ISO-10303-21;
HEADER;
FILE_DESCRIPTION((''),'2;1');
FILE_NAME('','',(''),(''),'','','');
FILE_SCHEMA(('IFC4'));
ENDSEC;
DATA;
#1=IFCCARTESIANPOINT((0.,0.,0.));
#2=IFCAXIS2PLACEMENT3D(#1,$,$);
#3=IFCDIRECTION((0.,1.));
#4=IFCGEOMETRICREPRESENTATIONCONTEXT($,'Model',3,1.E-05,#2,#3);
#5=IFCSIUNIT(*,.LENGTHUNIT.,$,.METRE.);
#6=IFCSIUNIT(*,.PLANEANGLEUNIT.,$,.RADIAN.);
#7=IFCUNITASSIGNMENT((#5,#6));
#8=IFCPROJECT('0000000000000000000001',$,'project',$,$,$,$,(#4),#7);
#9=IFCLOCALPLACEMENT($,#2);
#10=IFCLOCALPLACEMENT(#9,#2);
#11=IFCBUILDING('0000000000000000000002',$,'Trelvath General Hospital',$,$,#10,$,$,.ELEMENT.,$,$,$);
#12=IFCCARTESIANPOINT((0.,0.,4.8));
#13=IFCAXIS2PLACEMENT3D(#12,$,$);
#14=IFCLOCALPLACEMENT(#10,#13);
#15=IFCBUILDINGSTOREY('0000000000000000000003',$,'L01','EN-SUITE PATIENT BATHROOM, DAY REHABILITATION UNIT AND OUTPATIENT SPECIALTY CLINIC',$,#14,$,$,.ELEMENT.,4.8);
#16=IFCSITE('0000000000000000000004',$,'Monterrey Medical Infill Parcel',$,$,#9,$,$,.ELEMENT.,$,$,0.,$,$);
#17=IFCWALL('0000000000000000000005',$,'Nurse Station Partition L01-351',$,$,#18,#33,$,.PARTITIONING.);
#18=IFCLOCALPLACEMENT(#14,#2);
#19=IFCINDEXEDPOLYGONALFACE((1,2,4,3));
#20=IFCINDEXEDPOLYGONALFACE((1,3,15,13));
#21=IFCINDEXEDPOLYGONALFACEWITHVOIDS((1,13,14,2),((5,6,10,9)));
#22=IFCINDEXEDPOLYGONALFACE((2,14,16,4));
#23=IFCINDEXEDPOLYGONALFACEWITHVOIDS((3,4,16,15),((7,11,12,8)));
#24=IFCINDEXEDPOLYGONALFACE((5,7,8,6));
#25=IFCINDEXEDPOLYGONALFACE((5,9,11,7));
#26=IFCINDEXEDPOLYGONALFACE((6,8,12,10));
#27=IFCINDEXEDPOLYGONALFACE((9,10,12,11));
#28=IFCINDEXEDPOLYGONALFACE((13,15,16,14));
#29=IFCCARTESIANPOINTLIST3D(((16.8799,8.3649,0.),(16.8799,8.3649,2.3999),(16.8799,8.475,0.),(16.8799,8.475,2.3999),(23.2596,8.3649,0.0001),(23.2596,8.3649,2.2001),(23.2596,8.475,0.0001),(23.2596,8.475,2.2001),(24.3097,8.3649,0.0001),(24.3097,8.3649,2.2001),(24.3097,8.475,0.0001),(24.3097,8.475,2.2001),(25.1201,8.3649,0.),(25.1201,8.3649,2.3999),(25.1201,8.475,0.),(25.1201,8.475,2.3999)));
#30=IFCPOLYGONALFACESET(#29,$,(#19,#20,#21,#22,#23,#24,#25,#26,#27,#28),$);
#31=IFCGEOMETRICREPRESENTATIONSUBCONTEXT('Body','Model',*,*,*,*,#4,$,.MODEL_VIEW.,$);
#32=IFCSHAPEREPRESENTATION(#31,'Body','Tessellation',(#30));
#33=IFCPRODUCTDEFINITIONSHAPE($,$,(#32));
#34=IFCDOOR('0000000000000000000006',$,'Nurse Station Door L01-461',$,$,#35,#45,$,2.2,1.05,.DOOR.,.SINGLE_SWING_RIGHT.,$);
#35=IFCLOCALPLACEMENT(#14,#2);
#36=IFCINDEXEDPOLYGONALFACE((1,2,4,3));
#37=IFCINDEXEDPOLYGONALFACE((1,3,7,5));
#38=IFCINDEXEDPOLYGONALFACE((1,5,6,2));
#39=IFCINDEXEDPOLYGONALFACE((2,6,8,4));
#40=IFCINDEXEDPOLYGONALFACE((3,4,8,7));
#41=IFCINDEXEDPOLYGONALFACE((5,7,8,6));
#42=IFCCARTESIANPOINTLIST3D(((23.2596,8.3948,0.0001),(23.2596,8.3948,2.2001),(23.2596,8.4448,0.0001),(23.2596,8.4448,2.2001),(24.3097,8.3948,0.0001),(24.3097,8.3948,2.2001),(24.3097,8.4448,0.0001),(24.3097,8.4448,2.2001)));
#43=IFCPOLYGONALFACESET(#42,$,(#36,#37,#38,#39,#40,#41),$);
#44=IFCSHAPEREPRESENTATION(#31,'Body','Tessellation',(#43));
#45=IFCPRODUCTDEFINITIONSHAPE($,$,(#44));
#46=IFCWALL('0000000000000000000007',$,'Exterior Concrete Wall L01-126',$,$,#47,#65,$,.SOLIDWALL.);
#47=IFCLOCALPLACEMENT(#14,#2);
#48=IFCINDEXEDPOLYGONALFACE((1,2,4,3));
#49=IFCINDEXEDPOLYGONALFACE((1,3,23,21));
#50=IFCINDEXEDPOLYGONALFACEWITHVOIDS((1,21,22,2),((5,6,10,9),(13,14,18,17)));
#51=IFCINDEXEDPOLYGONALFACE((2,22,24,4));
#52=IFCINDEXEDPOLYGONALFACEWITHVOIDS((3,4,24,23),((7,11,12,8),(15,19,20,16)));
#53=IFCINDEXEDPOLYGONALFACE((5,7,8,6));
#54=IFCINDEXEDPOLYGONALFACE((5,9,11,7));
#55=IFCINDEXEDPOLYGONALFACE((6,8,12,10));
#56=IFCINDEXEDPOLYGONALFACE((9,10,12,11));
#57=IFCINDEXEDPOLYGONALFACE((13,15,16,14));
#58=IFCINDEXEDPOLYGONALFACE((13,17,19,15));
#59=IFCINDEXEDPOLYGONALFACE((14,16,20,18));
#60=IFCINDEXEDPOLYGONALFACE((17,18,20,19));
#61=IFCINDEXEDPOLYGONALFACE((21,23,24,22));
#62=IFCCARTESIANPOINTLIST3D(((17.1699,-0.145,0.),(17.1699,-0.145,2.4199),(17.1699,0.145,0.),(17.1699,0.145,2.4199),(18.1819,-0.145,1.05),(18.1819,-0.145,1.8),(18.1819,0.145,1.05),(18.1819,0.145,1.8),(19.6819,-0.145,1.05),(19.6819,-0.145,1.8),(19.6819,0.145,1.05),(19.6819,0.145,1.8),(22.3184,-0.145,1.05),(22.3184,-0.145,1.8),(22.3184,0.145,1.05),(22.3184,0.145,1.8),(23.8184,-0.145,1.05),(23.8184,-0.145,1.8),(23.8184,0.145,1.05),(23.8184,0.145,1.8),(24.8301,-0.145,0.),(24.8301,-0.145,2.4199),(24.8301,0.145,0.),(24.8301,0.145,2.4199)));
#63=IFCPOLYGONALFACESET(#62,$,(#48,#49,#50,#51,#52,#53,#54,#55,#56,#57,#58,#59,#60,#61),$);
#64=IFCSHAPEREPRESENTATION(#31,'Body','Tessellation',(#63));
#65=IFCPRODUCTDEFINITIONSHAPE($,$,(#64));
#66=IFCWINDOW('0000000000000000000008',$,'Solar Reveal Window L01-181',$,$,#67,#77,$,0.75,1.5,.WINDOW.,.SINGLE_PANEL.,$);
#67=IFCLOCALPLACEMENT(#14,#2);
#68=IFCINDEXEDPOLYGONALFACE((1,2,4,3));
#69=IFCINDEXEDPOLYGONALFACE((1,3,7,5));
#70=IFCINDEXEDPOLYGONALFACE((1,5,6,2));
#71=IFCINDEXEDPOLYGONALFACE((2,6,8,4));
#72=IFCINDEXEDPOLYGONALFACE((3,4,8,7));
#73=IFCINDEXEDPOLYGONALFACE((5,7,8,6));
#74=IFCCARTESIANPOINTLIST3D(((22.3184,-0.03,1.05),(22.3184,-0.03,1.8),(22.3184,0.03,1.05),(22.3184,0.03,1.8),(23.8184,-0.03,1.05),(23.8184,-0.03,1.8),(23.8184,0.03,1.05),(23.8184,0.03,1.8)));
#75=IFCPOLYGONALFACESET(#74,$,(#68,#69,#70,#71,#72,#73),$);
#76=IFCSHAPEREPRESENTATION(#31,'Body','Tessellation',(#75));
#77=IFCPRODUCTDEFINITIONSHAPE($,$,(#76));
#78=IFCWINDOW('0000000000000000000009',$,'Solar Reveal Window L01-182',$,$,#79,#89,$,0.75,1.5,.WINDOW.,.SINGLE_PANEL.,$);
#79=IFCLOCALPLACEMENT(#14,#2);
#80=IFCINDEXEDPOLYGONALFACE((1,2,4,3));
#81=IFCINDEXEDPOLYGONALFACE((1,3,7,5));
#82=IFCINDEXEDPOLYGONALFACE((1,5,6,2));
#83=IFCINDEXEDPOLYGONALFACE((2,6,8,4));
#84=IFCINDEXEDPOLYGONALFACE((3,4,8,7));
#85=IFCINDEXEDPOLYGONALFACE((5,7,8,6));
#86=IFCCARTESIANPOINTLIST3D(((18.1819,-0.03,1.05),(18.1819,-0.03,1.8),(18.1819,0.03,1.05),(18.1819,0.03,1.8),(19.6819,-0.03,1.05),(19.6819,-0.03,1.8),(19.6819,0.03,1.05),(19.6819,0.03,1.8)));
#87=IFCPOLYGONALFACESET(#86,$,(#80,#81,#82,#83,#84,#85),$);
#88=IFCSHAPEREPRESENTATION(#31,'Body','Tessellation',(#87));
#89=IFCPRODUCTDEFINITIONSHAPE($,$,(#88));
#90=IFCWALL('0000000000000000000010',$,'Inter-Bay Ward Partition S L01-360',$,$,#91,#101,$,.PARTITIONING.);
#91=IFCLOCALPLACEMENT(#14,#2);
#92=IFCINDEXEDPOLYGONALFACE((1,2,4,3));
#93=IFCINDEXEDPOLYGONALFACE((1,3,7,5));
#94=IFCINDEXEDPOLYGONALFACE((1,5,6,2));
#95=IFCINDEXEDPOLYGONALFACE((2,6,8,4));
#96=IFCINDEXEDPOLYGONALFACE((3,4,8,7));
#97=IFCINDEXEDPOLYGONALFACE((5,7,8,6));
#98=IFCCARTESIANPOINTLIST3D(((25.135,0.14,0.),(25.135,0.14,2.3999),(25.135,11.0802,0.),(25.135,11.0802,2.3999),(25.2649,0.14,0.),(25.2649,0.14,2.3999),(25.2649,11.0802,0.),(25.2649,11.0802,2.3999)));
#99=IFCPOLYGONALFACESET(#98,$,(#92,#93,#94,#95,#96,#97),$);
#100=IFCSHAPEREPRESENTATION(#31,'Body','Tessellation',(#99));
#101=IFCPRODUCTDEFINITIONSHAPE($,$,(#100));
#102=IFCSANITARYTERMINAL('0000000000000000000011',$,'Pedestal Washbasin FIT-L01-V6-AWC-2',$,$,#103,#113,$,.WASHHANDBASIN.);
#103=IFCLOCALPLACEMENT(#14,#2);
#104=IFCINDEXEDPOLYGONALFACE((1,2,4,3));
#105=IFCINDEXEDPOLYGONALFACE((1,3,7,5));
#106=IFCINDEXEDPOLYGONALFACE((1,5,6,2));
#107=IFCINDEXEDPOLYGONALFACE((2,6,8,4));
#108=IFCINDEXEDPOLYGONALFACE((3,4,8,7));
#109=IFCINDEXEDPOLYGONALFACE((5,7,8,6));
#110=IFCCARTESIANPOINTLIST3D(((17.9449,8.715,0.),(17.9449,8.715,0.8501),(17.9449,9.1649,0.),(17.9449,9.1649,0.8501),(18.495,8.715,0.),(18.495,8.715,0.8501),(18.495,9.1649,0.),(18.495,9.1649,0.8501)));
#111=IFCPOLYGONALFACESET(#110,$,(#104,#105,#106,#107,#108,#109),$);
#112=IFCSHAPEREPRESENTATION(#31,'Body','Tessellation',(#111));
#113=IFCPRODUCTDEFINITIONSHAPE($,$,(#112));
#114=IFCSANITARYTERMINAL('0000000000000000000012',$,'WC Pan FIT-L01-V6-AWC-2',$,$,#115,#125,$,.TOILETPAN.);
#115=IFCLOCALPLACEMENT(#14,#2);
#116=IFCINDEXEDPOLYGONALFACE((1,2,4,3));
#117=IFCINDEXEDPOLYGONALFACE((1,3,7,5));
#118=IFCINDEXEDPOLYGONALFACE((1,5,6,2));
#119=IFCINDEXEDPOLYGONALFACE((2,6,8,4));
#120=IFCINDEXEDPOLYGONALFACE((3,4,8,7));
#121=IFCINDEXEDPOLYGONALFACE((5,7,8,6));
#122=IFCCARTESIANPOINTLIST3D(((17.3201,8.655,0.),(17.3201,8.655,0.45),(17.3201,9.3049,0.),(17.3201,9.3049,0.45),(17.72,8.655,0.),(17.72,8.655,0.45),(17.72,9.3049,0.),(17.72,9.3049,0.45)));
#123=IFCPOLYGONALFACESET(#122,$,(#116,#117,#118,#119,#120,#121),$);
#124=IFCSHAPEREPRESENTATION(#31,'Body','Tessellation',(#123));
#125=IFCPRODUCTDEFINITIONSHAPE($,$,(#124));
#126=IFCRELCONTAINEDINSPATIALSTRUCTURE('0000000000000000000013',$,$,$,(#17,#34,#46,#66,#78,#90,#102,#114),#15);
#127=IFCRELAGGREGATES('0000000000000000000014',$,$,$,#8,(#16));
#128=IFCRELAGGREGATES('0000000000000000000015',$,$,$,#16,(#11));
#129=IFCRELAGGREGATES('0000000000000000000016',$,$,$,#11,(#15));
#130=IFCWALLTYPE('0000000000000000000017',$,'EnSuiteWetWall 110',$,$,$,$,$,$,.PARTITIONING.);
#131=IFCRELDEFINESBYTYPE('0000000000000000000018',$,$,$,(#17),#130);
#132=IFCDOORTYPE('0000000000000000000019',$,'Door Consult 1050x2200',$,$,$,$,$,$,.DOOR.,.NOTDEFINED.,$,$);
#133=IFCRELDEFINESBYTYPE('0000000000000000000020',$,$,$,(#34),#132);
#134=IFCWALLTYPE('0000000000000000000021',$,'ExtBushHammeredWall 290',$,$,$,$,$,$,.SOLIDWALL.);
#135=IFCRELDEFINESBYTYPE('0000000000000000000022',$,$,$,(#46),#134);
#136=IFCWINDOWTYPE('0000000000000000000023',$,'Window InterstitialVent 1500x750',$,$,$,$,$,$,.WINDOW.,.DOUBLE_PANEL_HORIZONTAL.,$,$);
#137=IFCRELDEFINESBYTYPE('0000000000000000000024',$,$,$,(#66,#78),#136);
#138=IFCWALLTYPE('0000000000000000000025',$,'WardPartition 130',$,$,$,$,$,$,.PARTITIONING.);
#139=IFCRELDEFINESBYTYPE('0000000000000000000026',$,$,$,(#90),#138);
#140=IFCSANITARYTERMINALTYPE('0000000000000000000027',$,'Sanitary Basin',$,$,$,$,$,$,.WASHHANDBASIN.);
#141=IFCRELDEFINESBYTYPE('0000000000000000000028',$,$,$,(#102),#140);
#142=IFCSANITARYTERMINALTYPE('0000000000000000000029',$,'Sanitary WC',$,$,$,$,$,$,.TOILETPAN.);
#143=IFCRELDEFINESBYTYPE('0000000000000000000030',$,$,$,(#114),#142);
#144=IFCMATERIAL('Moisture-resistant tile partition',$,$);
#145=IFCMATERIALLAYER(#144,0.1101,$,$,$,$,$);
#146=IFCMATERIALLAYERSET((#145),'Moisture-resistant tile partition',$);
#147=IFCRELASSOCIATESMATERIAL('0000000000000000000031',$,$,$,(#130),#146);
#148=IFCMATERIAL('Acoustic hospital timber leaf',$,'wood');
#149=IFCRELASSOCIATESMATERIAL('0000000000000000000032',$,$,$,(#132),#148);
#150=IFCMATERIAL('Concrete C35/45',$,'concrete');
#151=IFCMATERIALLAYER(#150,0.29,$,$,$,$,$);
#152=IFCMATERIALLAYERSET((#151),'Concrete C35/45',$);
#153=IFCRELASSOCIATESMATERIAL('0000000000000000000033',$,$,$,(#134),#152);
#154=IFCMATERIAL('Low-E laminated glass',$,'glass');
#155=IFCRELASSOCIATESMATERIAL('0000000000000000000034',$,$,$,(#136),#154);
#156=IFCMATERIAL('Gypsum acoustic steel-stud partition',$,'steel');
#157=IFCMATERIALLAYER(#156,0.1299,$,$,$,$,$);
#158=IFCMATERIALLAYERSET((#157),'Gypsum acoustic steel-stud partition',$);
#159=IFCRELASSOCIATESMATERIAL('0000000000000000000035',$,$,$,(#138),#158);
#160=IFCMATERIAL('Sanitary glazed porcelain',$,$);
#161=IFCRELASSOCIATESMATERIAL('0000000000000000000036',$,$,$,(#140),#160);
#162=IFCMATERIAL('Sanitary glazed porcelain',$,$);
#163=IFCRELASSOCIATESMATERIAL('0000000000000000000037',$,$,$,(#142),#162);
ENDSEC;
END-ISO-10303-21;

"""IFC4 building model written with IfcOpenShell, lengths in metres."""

from ifc_helpers import new_model, si_unit, direction, frame, frame_2d, origin, origin_2d, place, context, subcontext, project, spatial, rectangle, extrude, material, layer, layer_set, type_object, element, fill, save


model = new_model("IFC4")

# Units and contexts
model_context = context("Model", 3, precision=1e-05, world=origin(), true_north=direction((0.0, 1.0)))
body_context = subcontext(model_context, "Body", "Model", "MODEL_VIEW")
ifc_project = project(units=[si_unit("LENGTHUNIT", "METRE"), si_unit("PLANEANGLEUNIT", "RADIAN")], contexts=[model_context])

# Site, building, storey
site_placement = place(None, origin())
site = spatial("IfcSite", under=ifc_project, at=site_placement, Name="Monterrey Medical Infill Parcel", CompositionType="ELEMENT", RefElevation=0.0)
building_placement = place(site_placement, origin())
building = spatial("IfcBuilding", under=site, at=building_placement, Name="Trelvath General Hospital", CompositionType="ELEMENT")
storey_placement = place(building_placement, frame((0.0, 0.0, 4.8)))
storey = spatial("IfcBuildingStorey", under=building, at=storey_placement, Name="L01", Description="EN-SUITE PATIENT BATHROOM, DAY REHABILITATION UNIT AND OUTPATIENT SPECIALTY CLINIC", CompositionType="ELEMENT", Elevation=4.8)

# Shared definitions
ifc_material_1 = material(Name="Moisture-resistant tile partition")
ifc_layer_1 = layer(ifc_material_1, 0.1101)
ifc_layer_set_1 = layer_set([ifc_layer_1], Name="Moisture-resistant tile partition")
wall_type_1 = type_object("IfcWallType", Name="EnSuiteWetWall 110", PredefinedType="PARTITIONING", material=ifc_layer_set_1)

# Wall, opening, door
wall_1_placement = place(storey_placement, frame((16.8799, 8.4199, 0.0), z_axis=(0.0, 0.0, 1.0), x_axis=(1.0, 0.0, 0.0)))
wall_1 = element("IfcWall", 1, at=wall_1_placement, inside=storey, type_object=wall_type_1, Name="Nurse Station Partition L01-351", PredefinedType="PARTITIONING", context=body_context, shape_type="SweptSolid", body=[
    extrude(rectangle(XDim=8.2402, YDim=0.1101, at=frame_2d((4.1201, 0.0))), origin(), (0.0, 0.0, 1.0), 2.3999),
])
opening_1_placement = place(wall_1_placement, frame((6.3799, 0.0, 0.0)))
opening_1 = element("IfcOpeningElement", 2, at=opening_1_placement, cuts=wall_1, PredefinedType="OPENING", context=body_context, shape_type="SweptSolid", body=[
    extrude(rectangle(XDim=1.05, YDim=2.2, at=frame_2d((0.5249, 1.1001))), frame((0.0, 0.0649, 0.0), z_axis=(0.0, -1.0, 0.0), x_axis=(1.0, 0.0, 0.0)), (0.0, 0.0, 1.0), 0.1301),
])
ifc_material_2 = material(Name="Acoustic hospital timber leaf", Category="wood")
door_type = type_object("IfcDoorType", Name="Door Consult 1050x2200", OperationType="NOTDEFINED", PredefinedType="DOOR", material=ifc_material_2)
door_placement = place(opening_1_placement, origin())
door = element("IfcDoor", 3, at=door_placement, inside=storey, type_object=door_type, Name="Nurse Station Door L01-461", OperationType="SINGLE_SWING_RIGHT", OverallHeight=2.2, OverallWidth=1.05, PredefinedType="DOOR", context=body_context, shape_type="SweptSolid", body=[
    extrude(rectangle(XDim=1.05, YDim=2.2, at=frame_2d((0.5249, 1.1001))), frame((0.0, 0.0249, 0.0), z_axis=(0.0, -1.0, 0.0), x_axis=(1.0, 0.0, 0.0)), (0.0, 0.0, 1.0), 0.05),
])
fill(opening_1, door)

# Wall, openings, windows
ifc_material_3 = material(Name="Concrete C35/45", Category="concrete")
ifc_layer_2 = layer(ifc_material_3, 0.29)
ifc_layer_set_2 = layer_set([ifc_layer_2], Name="Concrete C35/45")
wall_type_2 = type_object("IfcWallType", Name="ExtBushHammeredWall 290", PredefinedType="SOLIDWALL", material=ifc_layer_set_2)
wall_2_placement = place(storey_placement, frame((24.8301, 0.0, 0.0), z_axis=(0.0, 0.0, 1.0), x_axis=(-1.0, 0.0, 0.0)))
wall_2 = element("IfcWall", 4, at=wall_2_placement, inside=storey, type_object=wall_type_2, Name="Exterior Concrete Wall L01-126", PredefinedType="SOLIDWALL", context=body_context, shape_type="SweptSolid", body=[
    extrude(rectangle(XDim=7.6602, YDim=0.29, at=frame_2d((3.8301, 0.0))), origin(), (0.0, 0.0, 1.0), 2.4199),
])
opening_2_placement = place(wall_2_placement, frame((1.0117, 0.0, 1.05)))
opening_2 = element("IfcOpeningElement", 5, at=opening_2_placement, cuts=wall_2, PredefinedType="OPENING", context=body_context, shape_type="SweptSolid", body=[
    extrude(rectangle(XDim=1.5, YDim=0.75, at=frame_2d((0.75, 0.375))), frame((0.0, 0.155, 0.0), z_axis=(0.0, -1.0, 0.0), x_axis=(1.0, 0.0, 0.0)), (0.0, 0.0, 1.0), 0.3101),
])
opening_3_placement = place(wall_2_placement, frame((5.1482, 0.0, 1.05)))
opening_3 = element("IfcOpeningElement", 6, at=opening_3_placement, cuts=wall_2, PredefinedType="OPENING", context=body_context, shape_type="SweptSolid", body=[
    extrude(rectangle(XDim=1.5, YDim=0.75, at=frame_2d((0.75, 0.375))), frame((0.0, 0.155, 0.0), z_axis=(0.0, -1.0, 0.0), x_axis=(1.0, 0.0, 0.0)), (0.0, 0.0, 1.0), 0.3101),
])
ifc_material_4 = material(Name="Low-E laminated glass", Category="glass")
window_type = type_object("IfcWindowType", Name="Window InterstitialVent 1500x750", PartitioningType="DOUBLE_PANEL_HORIZONTAL", PredefinedType="WINDOW", material=ifc_material_4)
window_1_placement = place(opening_2_placement, origin())
window_1 = element("IfcWindow", 7, at=window_1_placement, inside=storey, type_object=window_type, Name="Solar Reveal Window L01-181", OverallHeight=0.75, OverallWidth=1.5, PartitioningType="SINGLE_PANEL", PredefinedType="WINDOW", context=body_context, shape_type="SweptSolid", body=[
    extrude(rectangle(XDim=1.5, YDim=0.75, at=frame_2d((0.75, 0.375))), frame((0.0, 0.03, 0.0), z_axis=(0.0, -1.0, 0.0), x_axis=(1.0, 0.0, 0.0)), (0.0, 0.0, 1.0), 0.0601),
])
fill(opening_2, window_1)
window_2_placement = place(opening_3_placement, origin())
window_2 = element("IfcWindow", 8, at=window_2_placement, inside=storey, type_object=window_type, Name="Solar Reveal Window L01-182", OverallHeight=0.75, OverallWidth=1.5, PartitioningType="SINGLE_PANEL", PredefinedType="WINDOW", context=body_context, shape_type="SweptSolid", body=[
    extrude(rectangle(XDim=1.5, YDim=0.75, at=frame_2d((0.75, 0.375))), frame((0.0, 0.03, 0.0), z_axis=(0.0, -1.0, 0.0), x_axis=(1.0, 0.0, 0.0)), (0.0, 0.0, 1.0), 0.0601),
])
fill(opening_3, window_2)

# Wall
ifc_material_5 = material(Name="Gypsum acoustic steel-stud partition", Category="steel")
ifc_layer_3 = layer(ifc_material_5, 0.1299)
ifc_layer_set_3 = layer_set([ifc_layer_3], Name="Gypsum acoustic steel-stud partition")
wall_type_3 = type_object("IfcWallType", Name="WardPartition 130", PredefinedType="PARTITIONING", material=ifc_layer_set_3)
wall_3_placement = place(storey_placement, frame((25.2, 0.1399, 0.0), z_axis=(0.0, 0.0, 1.0), x_axis=(0.0, 1.0, 0.0)))
element("IfcWall", 9, at=wall_3_placement, inside=storey, type_object=wall_type_3, Name="Inter-Bay Ward Partition S L01-360", PredefinedType="PARTITIONING", context=body_context, shape_type="SweptSolid", body=[
    extrude(rectangle(XDim=10.9402, YDim=0.1299, at=frame_2d((5.4702, 0.0))), origin(), (0.0, 0.0, 1.0), 2.3999),
])

# Sanitary terminals
ifc_material_6 = material(Name="Sanitary glazed porcelain")
sanitary_terminal_type_1 = type_object("IfcSanitaryTerminalType", Name="Sanitary Basin", PredefinedType="WASHHANDBASIN", material=ifc_material_6)
sanitary_terminal_1_placement = place(storey_placement, frame((18.22, 8.9399, 0.0), z_axis=(0.0, 0.0, 1.0), x_axis=(1.0, 0.0, 0.0)))
element("IfcSanitaryTerminal", 10, at=sanitary_terminal_1_placement, inside=storey, type_object=sanitary_terminal_type_1, Name="Pedestal Washbasin FIT-L01-V6-AWC-2", PredefinedType="WASHHANDBASIN", context=body_context, shape_type="SweptSolid", body=[
    extrude(rectangle(XDim=0.55, YDim=0.45, at=origin_2d()), origin(), (0.0, 0.0, 1.0), 0.8501),
])
ifc_material_7 = material(Name="Sanitary glazed porcelain")
sanitary_terminal_type_2 = type_object("IfcSanitaryTerminalType", Name="Sanitary WC", PredefinedType="TOILETPAN", material=ifc_material_7)
sanitary_terminal_2_placement = place(storey_placement, frame((17.52, 8.98, 0.0), z_axis=(0.0, 0.0, 1.0), x_axis=(1.0, 0.0, 0.0)))
element("IfcSanitaryTerminal", 11, at=sanitary_terminal_2_placement, inside=storey, type_object=sanitary_terminal_type_2, Name="WC Pan FIT-L01-V6-AWC-2", PredefinedType="TOILETPAN", context=body_context, shape_type="SweptSolid", body=[
    extrude(rectangle(XDim=0.3999, YDim=0.6499, at=origin_2d()), origin(), (0.0, 0.0, 1.0), 0.45),
])

save(model, "model.ifc")
